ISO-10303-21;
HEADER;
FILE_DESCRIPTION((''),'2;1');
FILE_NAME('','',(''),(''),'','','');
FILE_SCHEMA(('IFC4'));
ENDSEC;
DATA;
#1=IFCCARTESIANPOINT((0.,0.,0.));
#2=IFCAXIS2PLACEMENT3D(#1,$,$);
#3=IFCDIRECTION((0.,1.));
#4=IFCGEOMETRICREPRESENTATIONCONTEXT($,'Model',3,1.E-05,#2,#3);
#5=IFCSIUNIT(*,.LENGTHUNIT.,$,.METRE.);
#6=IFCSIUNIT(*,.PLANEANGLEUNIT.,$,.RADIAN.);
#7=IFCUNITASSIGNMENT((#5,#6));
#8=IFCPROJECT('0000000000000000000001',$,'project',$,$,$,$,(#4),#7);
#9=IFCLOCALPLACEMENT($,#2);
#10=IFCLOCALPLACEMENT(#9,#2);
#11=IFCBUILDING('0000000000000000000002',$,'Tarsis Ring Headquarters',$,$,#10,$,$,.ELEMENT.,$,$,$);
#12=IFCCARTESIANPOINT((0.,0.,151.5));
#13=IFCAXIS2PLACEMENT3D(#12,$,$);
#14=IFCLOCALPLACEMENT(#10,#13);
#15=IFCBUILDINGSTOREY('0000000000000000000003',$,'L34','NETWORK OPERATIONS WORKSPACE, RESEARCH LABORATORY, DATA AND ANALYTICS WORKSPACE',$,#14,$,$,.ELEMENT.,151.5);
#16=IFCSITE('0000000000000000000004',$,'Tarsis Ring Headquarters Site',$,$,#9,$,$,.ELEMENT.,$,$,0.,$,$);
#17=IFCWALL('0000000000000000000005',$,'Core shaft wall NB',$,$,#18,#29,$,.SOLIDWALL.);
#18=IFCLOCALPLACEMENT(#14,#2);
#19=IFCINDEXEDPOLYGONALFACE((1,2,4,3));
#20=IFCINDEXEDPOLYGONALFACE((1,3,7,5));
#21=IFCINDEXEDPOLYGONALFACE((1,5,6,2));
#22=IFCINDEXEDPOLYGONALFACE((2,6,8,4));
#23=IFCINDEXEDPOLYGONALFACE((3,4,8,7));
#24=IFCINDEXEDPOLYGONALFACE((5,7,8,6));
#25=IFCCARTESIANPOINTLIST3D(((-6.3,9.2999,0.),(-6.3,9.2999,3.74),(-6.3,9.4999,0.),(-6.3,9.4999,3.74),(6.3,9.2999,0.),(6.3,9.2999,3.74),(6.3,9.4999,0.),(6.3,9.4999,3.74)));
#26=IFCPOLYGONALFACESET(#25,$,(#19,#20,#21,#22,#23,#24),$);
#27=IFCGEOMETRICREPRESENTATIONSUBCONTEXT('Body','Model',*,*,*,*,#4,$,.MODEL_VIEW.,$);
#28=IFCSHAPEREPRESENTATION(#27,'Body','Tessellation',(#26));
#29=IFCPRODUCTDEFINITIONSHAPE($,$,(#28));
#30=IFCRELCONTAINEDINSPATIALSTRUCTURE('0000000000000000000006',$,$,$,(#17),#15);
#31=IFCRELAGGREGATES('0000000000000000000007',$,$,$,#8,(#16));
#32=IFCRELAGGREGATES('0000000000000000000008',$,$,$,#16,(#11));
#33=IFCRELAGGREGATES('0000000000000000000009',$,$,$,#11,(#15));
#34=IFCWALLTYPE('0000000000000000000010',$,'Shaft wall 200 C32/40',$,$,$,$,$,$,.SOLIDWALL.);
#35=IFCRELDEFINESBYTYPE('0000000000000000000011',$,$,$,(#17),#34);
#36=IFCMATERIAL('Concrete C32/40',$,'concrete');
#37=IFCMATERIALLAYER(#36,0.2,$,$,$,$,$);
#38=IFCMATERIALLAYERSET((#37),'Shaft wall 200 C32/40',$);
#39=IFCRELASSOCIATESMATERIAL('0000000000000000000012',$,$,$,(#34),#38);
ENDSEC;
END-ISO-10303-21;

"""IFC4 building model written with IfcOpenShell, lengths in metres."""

from ifc_helpers import new_model, si_unit, direction, frame, frame_2d, origin, place, context, subcontext, project, spatial, rectangle, extrude, material, layer, layer_set, type_object, element, save


model = new_model("IFC4")

# Units and contexts
model_context = context("Model", 3, precision=1e-05, world=origin(), true_north=direction((0.0, 1.0)))
body_context = subcontext(model_context, "Body", "Model", "MODEL_VIEW")
ifc_project = project(units=[si_unit("LENGTHUNIT", "METRE"), si_unit("PLANEANGLEUNIT", "RADIAN")], contexts=[model_context])

# Site, building, storey
site_placement = place(None, origin())
site = spatial("IfcSite", under=ifc_project, at=site_placement, Name="Tarsis Ring Headquarters Site", CompositionType="ELEMENT", RefElevation=0.0)
building_placement = place(site_placement, origin())
building = spatial("IfcBuilding", under=site, at=building_placement, Name="Tarsis Ring Headquarters", CompositionType="ELEMENT")
storey_placement = place(building_placement, frame((0.0, 0.0, 151.5)))
storey = spatial("IfcBuildingStorey", under=building, at=storey_placement, Name="L34", Description="NETWORK OPERATIONS WORKSPACE, RESEARCH LABORATORY, DATA AND ANALYTICS WORKSPACE", CompositionType="ELEMENT", Elevation=151.5)

# Wall
ifc_material_1 = material(Name="Concrete C32/40", Category="concrete")
ifc_layer_1 = layer(ifc_material_1, 0.2)
ifc_layer_set_1 = layer_set([ifc_layer_1], Name="Shaft wall 200 C32/40")
wall_type_1 = type_object("IfcWallType", Name="Shaft wall 200 C32/40", PredefinedType="SOLIDWALL", material=ifc_layer_set_1)
wall_1_placement = place(storey_placement, frame((-6.3, 9.3999, 0.0), z_axis=(0.0, 0.0, 1.0), x_axis=(1.0, 0.0, 0.0)))
element("IfcWall", 1, at=wall_1_placement, inside=storey, type_object=wall_type_1, Name="Core shaft wall NB", PredefinedType="SOLIDWALL", context=body_context, shape_type="SweptSolid", body=[
    extrude(rectangle(XDim=12.6001, YDim=0.2, at=frame_2d((6.3, 0.0))), origin(), (0.0, 0.0, 1.0), 3.74),
])

save(model, "model.ifc")
